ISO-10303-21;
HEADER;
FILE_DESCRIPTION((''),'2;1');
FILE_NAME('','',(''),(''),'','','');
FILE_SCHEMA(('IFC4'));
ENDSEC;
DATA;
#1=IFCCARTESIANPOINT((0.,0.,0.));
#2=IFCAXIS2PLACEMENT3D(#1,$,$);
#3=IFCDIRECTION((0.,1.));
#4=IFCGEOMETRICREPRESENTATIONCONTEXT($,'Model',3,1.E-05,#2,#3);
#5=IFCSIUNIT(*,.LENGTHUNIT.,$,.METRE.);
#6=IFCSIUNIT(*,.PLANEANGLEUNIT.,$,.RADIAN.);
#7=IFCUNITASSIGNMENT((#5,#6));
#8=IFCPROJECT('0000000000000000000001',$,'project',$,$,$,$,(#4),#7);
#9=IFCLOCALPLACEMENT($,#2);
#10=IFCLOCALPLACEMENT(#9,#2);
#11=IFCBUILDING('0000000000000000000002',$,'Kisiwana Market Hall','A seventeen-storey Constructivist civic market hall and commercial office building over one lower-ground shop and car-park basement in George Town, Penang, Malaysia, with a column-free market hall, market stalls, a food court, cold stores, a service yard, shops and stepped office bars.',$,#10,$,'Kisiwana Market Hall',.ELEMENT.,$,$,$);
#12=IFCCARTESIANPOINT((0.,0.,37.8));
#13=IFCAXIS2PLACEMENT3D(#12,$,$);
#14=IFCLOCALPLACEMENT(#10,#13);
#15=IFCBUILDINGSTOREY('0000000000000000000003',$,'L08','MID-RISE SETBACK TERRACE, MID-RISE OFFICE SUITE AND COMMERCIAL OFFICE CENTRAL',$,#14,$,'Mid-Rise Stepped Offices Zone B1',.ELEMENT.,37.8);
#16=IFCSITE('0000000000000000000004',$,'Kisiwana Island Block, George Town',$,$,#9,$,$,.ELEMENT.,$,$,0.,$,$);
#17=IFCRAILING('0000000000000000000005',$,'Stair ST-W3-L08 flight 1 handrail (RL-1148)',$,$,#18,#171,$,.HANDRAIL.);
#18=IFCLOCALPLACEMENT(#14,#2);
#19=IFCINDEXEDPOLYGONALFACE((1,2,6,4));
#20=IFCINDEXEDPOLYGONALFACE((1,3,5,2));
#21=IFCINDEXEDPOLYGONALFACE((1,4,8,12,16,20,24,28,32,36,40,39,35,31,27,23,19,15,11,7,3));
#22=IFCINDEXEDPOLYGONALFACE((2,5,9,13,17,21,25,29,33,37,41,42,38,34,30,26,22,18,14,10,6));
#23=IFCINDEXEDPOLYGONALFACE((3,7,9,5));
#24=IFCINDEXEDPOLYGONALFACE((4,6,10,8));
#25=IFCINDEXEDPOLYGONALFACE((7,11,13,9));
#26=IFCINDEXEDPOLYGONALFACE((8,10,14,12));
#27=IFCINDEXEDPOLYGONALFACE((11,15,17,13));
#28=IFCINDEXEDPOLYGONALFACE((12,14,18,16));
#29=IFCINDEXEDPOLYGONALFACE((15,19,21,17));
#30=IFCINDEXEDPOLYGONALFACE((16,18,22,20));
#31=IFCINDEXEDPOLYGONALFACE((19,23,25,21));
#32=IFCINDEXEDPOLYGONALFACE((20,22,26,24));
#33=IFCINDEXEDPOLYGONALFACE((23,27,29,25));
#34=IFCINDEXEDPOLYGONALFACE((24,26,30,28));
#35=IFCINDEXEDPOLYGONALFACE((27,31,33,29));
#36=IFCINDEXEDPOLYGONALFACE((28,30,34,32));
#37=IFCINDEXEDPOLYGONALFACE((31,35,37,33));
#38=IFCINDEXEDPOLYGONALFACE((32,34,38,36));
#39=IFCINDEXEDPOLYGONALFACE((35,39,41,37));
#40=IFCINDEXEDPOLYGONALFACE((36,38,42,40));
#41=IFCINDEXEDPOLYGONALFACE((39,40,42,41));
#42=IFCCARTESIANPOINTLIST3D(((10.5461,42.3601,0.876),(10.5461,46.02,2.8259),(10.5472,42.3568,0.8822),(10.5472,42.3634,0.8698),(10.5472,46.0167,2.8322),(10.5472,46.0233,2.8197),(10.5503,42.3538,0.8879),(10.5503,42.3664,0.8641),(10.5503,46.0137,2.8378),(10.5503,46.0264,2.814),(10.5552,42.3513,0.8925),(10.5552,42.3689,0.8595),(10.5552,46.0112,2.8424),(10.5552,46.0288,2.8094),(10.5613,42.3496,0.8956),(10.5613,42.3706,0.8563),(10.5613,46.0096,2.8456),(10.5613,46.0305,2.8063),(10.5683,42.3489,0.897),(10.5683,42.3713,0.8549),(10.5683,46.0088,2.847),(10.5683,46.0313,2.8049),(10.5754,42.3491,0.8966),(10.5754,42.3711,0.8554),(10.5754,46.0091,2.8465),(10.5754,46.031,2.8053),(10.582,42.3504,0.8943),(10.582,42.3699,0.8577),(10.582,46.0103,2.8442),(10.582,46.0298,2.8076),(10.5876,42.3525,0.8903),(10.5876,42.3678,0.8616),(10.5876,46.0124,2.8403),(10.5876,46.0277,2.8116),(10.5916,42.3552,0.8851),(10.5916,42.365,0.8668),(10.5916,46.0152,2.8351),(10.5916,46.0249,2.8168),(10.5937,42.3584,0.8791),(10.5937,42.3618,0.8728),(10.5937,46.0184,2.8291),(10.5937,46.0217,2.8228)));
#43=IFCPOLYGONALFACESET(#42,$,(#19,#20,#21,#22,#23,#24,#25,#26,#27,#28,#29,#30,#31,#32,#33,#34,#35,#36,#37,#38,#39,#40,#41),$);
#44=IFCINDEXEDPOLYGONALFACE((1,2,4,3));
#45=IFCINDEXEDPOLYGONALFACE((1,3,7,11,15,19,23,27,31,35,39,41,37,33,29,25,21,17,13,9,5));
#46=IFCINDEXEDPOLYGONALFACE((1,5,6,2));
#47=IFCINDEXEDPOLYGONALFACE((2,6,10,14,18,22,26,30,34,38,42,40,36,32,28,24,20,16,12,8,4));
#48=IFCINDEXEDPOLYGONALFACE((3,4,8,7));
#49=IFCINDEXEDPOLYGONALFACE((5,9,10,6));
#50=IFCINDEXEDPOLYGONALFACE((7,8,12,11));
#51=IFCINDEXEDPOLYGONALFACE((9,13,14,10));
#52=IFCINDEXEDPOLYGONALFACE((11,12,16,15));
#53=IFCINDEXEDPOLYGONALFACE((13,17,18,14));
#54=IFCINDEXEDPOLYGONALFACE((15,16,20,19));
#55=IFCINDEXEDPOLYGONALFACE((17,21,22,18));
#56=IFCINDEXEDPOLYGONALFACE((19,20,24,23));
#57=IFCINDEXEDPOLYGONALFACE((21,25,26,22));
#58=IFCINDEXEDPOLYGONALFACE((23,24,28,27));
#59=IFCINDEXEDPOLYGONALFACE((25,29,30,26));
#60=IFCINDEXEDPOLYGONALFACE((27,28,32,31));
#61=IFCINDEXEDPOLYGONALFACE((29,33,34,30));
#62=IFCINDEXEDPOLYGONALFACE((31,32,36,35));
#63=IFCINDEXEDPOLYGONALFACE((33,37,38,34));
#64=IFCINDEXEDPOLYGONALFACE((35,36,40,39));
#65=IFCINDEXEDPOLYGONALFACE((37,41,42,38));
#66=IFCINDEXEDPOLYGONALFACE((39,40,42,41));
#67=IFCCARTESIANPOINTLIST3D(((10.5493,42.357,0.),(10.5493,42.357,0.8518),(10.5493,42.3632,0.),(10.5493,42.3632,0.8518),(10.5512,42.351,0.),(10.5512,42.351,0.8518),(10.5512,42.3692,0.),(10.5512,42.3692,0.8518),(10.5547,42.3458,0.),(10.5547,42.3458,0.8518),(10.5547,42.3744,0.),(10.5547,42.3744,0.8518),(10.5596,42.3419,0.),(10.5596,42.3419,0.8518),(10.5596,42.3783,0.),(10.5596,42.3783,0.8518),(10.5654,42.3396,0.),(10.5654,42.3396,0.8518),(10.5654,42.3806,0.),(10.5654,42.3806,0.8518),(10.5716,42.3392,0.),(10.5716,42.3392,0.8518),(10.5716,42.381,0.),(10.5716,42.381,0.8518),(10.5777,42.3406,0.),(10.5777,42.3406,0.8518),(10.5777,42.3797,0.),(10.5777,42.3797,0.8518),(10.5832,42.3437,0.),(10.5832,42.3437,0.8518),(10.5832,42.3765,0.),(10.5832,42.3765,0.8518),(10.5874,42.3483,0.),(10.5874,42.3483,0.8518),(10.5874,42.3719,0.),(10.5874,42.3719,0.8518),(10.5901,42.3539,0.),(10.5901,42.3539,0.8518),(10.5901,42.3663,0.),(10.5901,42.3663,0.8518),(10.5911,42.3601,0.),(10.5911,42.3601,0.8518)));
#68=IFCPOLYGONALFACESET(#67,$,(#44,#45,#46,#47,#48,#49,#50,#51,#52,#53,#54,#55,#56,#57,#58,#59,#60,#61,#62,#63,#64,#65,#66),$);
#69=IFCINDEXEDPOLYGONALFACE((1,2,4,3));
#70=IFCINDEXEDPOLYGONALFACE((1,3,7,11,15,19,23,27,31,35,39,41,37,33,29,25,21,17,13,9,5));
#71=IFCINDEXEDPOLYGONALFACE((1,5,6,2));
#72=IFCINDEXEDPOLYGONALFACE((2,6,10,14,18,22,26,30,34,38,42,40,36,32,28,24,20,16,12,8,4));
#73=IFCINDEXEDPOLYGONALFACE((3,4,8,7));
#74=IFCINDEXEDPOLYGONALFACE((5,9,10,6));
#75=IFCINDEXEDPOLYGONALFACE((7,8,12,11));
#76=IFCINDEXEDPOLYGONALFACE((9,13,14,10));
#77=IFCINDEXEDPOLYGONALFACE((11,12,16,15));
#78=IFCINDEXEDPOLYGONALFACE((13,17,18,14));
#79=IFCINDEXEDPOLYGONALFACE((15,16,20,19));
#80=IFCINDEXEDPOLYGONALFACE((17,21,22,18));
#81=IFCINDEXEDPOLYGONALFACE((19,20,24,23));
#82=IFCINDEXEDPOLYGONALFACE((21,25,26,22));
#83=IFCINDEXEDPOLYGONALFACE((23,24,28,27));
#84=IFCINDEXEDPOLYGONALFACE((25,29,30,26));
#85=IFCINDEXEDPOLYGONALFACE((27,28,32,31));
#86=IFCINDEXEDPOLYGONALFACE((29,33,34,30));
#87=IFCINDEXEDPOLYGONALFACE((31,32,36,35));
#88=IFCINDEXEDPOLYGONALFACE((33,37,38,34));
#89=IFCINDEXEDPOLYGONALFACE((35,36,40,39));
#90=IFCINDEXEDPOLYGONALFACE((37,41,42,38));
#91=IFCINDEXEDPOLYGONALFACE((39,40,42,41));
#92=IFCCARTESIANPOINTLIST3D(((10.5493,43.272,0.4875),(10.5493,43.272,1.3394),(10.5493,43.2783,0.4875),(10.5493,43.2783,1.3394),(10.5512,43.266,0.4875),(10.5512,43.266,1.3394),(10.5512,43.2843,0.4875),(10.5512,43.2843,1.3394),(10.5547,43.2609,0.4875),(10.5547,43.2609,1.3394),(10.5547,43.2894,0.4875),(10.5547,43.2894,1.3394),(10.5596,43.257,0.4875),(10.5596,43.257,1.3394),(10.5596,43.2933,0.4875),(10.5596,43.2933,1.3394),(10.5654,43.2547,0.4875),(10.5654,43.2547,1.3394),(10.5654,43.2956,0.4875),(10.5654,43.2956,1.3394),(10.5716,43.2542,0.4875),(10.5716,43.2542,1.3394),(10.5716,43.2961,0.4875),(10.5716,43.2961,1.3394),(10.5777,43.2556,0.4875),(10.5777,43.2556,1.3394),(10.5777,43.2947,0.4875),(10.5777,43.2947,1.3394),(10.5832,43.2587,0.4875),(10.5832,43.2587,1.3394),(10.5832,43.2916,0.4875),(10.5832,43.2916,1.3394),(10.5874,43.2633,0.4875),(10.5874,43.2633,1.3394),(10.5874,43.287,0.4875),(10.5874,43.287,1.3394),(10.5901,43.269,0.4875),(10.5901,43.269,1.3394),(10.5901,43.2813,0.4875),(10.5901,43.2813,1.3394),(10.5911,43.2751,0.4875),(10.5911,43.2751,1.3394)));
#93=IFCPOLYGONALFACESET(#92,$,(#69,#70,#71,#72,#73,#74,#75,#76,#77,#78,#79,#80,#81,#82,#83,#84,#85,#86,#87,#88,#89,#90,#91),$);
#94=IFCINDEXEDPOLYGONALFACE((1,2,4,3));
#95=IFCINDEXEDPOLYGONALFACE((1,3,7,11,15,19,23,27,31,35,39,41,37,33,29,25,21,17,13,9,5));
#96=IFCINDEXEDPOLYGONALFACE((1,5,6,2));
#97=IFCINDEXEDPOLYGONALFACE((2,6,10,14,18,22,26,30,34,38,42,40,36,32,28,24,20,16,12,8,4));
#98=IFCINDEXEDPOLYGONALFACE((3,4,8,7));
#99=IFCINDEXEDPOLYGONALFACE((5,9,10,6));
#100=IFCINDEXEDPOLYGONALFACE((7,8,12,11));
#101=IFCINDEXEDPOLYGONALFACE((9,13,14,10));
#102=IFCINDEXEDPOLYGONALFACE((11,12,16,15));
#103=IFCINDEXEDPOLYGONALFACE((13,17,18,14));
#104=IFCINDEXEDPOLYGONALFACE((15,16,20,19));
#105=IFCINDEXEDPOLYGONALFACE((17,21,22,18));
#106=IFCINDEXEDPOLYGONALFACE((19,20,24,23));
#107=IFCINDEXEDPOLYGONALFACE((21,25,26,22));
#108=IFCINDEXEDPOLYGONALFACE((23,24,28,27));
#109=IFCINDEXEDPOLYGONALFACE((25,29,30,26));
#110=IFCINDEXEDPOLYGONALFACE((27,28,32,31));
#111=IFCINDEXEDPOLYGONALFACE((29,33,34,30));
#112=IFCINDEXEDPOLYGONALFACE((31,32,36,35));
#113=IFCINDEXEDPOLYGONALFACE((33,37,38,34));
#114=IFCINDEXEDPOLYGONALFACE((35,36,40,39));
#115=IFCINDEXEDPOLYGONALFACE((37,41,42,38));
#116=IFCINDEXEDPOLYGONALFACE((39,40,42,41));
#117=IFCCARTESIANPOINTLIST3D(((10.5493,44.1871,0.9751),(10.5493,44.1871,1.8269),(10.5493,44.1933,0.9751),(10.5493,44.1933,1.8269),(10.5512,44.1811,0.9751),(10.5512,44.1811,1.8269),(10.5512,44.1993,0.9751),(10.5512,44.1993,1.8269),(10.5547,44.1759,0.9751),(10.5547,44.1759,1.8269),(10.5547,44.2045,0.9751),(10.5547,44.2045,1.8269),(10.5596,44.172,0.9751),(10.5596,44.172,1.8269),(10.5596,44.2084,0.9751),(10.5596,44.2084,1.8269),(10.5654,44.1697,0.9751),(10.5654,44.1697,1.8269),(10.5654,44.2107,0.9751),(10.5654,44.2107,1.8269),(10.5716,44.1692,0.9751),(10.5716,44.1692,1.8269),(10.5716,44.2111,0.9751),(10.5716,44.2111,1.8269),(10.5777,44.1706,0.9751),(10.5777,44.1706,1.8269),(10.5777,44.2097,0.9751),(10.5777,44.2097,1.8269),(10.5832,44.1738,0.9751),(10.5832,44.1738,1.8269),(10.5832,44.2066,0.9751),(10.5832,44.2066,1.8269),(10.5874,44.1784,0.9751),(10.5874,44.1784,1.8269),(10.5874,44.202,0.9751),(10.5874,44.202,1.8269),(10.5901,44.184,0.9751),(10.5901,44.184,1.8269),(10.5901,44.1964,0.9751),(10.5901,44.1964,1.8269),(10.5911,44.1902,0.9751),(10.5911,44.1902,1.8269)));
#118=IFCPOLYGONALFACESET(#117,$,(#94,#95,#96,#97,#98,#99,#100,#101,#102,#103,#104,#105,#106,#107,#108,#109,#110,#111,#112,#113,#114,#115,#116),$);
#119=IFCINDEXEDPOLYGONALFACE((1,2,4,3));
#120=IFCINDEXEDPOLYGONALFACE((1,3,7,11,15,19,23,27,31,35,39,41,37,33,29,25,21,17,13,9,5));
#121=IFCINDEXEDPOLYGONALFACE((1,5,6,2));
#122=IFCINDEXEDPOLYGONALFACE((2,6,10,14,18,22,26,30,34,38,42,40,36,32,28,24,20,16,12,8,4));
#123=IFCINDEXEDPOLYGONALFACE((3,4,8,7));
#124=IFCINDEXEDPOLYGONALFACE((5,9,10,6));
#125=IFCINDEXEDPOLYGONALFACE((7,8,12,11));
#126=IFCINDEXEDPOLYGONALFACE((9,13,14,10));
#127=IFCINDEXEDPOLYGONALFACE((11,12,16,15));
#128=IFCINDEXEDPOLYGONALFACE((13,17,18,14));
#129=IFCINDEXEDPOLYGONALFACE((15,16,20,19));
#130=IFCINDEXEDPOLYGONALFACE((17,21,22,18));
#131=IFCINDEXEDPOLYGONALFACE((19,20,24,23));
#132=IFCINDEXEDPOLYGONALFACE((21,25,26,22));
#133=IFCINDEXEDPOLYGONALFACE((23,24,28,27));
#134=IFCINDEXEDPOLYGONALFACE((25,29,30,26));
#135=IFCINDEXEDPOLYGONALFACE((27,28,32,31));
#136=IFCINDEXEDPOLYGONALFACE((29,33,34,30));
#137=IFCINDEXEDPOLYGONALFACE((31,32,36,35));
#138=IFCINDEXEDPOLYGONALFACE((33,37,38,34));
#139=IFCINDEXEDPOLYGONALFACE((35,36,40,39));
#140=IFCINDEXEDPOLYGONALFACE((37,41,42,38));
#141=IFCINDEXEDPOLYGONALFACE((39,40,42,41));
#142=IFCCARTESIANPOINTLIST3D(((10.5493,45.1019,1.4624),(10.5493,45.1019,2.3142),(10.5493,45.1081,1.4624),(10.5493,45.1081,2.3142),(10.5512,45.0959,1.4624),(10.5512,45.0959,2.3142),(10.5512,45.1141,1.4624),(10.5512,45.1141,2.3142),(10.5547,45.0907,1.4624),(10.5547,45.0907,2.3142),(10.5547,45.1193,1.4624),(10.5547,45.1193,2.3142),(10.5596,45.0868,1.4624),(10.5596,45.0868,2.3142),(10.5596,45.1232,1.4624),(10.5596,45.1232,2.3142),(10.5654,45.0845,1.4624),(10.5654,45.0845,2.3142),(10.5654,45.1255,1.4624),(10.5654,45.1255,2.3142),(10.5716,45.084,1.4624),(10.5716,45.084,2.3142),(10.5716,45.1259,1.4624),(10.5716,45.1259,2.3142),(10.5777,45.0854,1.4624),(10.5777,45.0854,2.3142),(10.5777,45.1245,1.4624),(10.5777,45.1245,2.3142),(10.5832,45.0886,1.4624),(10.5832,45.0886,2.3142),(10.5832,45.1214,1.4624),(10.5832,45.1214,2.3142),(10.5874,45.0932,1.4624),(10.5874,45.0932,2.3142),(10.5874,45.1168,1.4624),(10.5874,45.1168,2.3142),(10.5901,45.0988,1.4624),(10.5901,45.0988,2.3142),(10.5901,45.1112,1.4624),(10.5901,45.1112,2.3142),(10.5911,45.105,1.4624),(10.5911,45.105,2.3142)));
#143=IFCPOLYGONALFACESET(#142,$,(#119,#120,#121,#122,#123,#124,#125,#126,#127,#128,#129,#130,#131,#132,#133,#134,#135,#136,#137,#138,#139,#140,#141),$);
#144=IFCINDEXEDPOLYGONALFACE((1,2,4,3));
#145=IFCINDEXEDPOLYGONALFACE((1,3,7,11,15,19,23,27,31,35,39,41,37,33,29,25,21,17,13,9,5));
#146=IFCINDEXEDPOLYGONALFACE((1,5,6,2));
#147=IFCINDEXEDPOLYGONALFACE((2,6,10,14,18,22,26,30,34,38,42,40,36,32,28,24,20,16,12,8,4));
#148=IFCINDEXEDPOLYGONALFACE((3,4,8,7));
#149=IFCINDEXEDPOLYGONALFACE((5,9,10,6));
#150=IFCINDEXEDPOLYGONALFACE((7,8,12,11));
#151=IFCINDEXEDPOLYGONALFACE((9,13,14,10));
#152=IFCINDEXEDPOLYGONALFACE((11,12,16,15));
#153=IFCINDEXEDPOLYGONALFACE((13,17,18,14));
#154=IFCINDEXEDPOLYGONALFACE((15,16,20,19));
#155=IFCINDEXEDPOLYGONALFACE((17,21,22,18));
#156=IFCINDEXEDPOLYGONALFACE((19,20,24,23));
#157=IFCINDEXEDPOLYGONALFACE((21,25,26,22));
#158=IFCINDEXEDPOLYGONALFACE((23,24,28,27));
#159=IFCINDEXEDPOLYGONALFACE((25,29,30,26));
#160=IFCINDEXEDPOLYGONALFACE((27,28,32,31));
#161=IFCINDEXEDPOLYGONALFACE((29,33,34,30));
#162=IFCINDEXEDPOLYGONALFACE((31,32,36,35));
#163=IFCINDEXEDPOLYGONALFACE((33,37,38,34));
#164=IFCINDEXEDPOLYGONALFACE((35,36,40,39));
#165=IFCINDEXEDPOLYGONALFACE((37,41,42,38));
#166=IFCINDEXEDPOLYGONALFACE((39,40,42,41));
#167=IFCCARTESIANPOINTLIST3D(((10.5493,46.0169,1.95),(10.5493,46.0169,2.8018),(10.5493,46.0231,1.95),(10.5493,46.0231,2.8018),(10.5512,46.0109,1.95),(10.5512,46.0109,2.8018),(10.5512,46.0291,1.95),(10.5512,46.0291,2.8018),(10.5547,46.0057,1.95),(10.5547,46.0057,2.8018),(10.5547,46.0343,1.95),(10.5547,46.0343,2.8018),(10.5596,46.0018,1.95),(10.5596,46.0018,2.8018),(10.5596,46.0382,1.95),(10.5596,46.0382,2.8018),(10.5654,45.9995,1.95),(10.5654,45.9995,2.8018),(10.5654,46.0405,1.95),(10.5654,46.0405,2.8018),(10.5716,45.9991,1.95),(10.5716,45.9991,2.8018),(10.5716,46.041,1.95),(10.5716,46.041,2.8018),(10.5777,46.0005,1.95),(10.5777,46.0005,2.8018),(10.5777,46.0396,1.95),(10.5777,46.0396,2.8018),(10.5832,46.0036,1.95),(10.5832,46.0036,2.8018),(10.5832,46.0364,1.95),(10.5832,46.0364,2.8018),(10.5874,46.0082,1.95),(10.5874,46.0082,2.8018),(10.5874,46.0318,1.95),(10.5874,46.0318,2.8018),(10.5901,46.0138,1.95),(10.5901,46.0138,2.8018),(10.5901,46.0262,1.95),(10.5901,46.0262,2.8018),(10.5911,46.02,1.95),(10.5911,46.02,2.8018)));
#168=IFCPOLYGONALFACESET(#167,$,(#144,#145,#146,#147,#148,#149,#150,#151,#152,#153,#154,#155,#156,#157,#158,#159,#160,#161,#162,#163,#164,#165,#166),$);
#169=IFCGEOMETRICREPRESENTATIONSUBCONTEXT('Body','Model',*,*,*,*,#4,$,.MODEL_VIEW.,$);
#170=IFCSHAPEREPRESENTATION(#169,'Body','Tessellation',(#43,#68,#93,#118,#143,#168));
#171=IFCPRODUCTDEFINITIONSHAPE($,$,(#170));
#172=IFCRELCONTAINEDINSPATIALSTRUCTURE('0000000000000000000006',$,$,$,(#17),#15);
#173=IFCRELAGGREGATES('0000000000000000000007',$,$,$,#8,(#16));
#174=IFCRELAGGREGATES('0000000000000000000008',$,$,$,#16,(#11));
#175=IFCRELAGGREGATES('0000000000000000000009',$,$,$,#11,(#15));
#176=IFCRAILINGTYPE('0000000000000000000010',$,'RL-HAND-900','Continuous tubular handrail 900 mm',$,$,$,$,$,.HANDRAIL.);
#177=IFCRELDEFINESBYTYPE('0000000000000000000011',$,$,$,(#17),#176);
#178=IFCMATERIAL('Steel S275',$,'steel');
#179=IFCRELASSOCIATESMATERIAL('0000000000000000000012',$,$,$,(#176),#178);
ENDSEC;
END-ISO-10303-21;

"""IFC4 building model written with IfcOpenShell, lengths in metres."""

from ifc_helpers import new_model, si_unit, direction, frame, origin, origin_2d, place, context, subcontext, project, spatial, circle, extrude, material, type_object, element, save


model = new_model("IFC4")

# Units and contexts
model_context = context("Model", 3, precision=1e-05, world=origin(), true_north=direction((0.0, 1.0)))
body_context = subcontext(model_context, "Body", "Model", "MODEL_VIEW")
ifc_project = project(units=[si_unit("LENGTHUNIT", "METRE"), si_unit("PLANEANGLEUNIT", "RADIAN")], contexts=[model_context])

# Site, building, storey
site_placement = place(None, origin())
site = spatial("IfcSite", under=ifc_project, at=site_placement, Name="Kisiwana Island Block, George Town", CompositionType="ELEMENT", RefElevation=0.0)
building_placement = place(site_placement, origin())
building = spatial("IfcBuilding", under=site, at=building_placement, Name="Kisiwana Market Hall", Description="A seventeen-storey Constructivist civic market hall and commercial office building over one lower-ground shop and car-park basement in George Town, Penang, Malaysia, with a column-free market hall, market stalls, a food court, cold stores, a service yard, shops and stepped office bars.", LongName="Kisiwana Market Hall", CompositionType="ELEMENT")
storey_placement = place(building_placement, frame((0.0, 0.0, 37.8)))
storey = spatial("IfcBuildingStorey", under=building, at=storey_placement, Name="L08", Description="MID-RISE SETBACK TERRACE, MID-RISE OFFICE SUITE AND COMMERCIAL OFFICE CENTRAL", LongName="Mid-Rise Stepped Offices Zone B1", CompositionType="ELEMENT", Elevation=37.8)

# Railing
ifc_material_1 = material(Name="Steel S275", Category="steel")
railing_type_1 = type_object("IfcRailingType", Name="RL-HAND-900", Description="Continuous tubular handrail 900 mm", PredefinedType="HANDRAIL", material=ifc_material_1)
for number, where, name in (
    (1, (10.5701, 42.3601, 0.0), "Stair ST-W3-L08 flight 1 handrail (RL-1148)"),
):
    element("IfcRailing", number, at=place(storey_placement, frame(where)), inside=storey, type_object=railing_type_1, Name=name, PredefinedType="HANDRAIL", context=body_context, shape_type="SweptSolid", body=[
        extrude(circle(Radius=0.0239, at=origin_2d()), frame((0.0, 0.0, 0.876), z_axis=(0.0, 0.882553, 0.470212), x_axis=(-1.0, 0.0, 0.0)), (0.0, 0.0, 1.0), 4.147),
        extrude(circle(Radius=0.021, at=origin_2d()), origin(), (0.0, 0.0, 1.0), 0.8518),
        extrude(circle(Radius=0.021, at=origin_2d()), frame((0.0, 0.915, 0.4875)), (0.0, 0.0, 1.0), 0.8518),
        extrude(circle(Radius=0.021, at=origin_2d()), frame((0.0, 1.8301, 0.9751)), (0.0, 0.0, 1.0), 0.8518),
        extrude(circle(Radius=0.021, at=origin_2d()), frame((0.0, 2.7449, 1.4624)), (0.0, 0.0, 1.0), 0.8518),
        extrude(circle(Radius=0.021, at=origin_2d()), frame((0.0, 3.6599, 1.95)), (0.0, 0.0, 1.0), 0.8518),
    ])

save(model, "model.ifc")
